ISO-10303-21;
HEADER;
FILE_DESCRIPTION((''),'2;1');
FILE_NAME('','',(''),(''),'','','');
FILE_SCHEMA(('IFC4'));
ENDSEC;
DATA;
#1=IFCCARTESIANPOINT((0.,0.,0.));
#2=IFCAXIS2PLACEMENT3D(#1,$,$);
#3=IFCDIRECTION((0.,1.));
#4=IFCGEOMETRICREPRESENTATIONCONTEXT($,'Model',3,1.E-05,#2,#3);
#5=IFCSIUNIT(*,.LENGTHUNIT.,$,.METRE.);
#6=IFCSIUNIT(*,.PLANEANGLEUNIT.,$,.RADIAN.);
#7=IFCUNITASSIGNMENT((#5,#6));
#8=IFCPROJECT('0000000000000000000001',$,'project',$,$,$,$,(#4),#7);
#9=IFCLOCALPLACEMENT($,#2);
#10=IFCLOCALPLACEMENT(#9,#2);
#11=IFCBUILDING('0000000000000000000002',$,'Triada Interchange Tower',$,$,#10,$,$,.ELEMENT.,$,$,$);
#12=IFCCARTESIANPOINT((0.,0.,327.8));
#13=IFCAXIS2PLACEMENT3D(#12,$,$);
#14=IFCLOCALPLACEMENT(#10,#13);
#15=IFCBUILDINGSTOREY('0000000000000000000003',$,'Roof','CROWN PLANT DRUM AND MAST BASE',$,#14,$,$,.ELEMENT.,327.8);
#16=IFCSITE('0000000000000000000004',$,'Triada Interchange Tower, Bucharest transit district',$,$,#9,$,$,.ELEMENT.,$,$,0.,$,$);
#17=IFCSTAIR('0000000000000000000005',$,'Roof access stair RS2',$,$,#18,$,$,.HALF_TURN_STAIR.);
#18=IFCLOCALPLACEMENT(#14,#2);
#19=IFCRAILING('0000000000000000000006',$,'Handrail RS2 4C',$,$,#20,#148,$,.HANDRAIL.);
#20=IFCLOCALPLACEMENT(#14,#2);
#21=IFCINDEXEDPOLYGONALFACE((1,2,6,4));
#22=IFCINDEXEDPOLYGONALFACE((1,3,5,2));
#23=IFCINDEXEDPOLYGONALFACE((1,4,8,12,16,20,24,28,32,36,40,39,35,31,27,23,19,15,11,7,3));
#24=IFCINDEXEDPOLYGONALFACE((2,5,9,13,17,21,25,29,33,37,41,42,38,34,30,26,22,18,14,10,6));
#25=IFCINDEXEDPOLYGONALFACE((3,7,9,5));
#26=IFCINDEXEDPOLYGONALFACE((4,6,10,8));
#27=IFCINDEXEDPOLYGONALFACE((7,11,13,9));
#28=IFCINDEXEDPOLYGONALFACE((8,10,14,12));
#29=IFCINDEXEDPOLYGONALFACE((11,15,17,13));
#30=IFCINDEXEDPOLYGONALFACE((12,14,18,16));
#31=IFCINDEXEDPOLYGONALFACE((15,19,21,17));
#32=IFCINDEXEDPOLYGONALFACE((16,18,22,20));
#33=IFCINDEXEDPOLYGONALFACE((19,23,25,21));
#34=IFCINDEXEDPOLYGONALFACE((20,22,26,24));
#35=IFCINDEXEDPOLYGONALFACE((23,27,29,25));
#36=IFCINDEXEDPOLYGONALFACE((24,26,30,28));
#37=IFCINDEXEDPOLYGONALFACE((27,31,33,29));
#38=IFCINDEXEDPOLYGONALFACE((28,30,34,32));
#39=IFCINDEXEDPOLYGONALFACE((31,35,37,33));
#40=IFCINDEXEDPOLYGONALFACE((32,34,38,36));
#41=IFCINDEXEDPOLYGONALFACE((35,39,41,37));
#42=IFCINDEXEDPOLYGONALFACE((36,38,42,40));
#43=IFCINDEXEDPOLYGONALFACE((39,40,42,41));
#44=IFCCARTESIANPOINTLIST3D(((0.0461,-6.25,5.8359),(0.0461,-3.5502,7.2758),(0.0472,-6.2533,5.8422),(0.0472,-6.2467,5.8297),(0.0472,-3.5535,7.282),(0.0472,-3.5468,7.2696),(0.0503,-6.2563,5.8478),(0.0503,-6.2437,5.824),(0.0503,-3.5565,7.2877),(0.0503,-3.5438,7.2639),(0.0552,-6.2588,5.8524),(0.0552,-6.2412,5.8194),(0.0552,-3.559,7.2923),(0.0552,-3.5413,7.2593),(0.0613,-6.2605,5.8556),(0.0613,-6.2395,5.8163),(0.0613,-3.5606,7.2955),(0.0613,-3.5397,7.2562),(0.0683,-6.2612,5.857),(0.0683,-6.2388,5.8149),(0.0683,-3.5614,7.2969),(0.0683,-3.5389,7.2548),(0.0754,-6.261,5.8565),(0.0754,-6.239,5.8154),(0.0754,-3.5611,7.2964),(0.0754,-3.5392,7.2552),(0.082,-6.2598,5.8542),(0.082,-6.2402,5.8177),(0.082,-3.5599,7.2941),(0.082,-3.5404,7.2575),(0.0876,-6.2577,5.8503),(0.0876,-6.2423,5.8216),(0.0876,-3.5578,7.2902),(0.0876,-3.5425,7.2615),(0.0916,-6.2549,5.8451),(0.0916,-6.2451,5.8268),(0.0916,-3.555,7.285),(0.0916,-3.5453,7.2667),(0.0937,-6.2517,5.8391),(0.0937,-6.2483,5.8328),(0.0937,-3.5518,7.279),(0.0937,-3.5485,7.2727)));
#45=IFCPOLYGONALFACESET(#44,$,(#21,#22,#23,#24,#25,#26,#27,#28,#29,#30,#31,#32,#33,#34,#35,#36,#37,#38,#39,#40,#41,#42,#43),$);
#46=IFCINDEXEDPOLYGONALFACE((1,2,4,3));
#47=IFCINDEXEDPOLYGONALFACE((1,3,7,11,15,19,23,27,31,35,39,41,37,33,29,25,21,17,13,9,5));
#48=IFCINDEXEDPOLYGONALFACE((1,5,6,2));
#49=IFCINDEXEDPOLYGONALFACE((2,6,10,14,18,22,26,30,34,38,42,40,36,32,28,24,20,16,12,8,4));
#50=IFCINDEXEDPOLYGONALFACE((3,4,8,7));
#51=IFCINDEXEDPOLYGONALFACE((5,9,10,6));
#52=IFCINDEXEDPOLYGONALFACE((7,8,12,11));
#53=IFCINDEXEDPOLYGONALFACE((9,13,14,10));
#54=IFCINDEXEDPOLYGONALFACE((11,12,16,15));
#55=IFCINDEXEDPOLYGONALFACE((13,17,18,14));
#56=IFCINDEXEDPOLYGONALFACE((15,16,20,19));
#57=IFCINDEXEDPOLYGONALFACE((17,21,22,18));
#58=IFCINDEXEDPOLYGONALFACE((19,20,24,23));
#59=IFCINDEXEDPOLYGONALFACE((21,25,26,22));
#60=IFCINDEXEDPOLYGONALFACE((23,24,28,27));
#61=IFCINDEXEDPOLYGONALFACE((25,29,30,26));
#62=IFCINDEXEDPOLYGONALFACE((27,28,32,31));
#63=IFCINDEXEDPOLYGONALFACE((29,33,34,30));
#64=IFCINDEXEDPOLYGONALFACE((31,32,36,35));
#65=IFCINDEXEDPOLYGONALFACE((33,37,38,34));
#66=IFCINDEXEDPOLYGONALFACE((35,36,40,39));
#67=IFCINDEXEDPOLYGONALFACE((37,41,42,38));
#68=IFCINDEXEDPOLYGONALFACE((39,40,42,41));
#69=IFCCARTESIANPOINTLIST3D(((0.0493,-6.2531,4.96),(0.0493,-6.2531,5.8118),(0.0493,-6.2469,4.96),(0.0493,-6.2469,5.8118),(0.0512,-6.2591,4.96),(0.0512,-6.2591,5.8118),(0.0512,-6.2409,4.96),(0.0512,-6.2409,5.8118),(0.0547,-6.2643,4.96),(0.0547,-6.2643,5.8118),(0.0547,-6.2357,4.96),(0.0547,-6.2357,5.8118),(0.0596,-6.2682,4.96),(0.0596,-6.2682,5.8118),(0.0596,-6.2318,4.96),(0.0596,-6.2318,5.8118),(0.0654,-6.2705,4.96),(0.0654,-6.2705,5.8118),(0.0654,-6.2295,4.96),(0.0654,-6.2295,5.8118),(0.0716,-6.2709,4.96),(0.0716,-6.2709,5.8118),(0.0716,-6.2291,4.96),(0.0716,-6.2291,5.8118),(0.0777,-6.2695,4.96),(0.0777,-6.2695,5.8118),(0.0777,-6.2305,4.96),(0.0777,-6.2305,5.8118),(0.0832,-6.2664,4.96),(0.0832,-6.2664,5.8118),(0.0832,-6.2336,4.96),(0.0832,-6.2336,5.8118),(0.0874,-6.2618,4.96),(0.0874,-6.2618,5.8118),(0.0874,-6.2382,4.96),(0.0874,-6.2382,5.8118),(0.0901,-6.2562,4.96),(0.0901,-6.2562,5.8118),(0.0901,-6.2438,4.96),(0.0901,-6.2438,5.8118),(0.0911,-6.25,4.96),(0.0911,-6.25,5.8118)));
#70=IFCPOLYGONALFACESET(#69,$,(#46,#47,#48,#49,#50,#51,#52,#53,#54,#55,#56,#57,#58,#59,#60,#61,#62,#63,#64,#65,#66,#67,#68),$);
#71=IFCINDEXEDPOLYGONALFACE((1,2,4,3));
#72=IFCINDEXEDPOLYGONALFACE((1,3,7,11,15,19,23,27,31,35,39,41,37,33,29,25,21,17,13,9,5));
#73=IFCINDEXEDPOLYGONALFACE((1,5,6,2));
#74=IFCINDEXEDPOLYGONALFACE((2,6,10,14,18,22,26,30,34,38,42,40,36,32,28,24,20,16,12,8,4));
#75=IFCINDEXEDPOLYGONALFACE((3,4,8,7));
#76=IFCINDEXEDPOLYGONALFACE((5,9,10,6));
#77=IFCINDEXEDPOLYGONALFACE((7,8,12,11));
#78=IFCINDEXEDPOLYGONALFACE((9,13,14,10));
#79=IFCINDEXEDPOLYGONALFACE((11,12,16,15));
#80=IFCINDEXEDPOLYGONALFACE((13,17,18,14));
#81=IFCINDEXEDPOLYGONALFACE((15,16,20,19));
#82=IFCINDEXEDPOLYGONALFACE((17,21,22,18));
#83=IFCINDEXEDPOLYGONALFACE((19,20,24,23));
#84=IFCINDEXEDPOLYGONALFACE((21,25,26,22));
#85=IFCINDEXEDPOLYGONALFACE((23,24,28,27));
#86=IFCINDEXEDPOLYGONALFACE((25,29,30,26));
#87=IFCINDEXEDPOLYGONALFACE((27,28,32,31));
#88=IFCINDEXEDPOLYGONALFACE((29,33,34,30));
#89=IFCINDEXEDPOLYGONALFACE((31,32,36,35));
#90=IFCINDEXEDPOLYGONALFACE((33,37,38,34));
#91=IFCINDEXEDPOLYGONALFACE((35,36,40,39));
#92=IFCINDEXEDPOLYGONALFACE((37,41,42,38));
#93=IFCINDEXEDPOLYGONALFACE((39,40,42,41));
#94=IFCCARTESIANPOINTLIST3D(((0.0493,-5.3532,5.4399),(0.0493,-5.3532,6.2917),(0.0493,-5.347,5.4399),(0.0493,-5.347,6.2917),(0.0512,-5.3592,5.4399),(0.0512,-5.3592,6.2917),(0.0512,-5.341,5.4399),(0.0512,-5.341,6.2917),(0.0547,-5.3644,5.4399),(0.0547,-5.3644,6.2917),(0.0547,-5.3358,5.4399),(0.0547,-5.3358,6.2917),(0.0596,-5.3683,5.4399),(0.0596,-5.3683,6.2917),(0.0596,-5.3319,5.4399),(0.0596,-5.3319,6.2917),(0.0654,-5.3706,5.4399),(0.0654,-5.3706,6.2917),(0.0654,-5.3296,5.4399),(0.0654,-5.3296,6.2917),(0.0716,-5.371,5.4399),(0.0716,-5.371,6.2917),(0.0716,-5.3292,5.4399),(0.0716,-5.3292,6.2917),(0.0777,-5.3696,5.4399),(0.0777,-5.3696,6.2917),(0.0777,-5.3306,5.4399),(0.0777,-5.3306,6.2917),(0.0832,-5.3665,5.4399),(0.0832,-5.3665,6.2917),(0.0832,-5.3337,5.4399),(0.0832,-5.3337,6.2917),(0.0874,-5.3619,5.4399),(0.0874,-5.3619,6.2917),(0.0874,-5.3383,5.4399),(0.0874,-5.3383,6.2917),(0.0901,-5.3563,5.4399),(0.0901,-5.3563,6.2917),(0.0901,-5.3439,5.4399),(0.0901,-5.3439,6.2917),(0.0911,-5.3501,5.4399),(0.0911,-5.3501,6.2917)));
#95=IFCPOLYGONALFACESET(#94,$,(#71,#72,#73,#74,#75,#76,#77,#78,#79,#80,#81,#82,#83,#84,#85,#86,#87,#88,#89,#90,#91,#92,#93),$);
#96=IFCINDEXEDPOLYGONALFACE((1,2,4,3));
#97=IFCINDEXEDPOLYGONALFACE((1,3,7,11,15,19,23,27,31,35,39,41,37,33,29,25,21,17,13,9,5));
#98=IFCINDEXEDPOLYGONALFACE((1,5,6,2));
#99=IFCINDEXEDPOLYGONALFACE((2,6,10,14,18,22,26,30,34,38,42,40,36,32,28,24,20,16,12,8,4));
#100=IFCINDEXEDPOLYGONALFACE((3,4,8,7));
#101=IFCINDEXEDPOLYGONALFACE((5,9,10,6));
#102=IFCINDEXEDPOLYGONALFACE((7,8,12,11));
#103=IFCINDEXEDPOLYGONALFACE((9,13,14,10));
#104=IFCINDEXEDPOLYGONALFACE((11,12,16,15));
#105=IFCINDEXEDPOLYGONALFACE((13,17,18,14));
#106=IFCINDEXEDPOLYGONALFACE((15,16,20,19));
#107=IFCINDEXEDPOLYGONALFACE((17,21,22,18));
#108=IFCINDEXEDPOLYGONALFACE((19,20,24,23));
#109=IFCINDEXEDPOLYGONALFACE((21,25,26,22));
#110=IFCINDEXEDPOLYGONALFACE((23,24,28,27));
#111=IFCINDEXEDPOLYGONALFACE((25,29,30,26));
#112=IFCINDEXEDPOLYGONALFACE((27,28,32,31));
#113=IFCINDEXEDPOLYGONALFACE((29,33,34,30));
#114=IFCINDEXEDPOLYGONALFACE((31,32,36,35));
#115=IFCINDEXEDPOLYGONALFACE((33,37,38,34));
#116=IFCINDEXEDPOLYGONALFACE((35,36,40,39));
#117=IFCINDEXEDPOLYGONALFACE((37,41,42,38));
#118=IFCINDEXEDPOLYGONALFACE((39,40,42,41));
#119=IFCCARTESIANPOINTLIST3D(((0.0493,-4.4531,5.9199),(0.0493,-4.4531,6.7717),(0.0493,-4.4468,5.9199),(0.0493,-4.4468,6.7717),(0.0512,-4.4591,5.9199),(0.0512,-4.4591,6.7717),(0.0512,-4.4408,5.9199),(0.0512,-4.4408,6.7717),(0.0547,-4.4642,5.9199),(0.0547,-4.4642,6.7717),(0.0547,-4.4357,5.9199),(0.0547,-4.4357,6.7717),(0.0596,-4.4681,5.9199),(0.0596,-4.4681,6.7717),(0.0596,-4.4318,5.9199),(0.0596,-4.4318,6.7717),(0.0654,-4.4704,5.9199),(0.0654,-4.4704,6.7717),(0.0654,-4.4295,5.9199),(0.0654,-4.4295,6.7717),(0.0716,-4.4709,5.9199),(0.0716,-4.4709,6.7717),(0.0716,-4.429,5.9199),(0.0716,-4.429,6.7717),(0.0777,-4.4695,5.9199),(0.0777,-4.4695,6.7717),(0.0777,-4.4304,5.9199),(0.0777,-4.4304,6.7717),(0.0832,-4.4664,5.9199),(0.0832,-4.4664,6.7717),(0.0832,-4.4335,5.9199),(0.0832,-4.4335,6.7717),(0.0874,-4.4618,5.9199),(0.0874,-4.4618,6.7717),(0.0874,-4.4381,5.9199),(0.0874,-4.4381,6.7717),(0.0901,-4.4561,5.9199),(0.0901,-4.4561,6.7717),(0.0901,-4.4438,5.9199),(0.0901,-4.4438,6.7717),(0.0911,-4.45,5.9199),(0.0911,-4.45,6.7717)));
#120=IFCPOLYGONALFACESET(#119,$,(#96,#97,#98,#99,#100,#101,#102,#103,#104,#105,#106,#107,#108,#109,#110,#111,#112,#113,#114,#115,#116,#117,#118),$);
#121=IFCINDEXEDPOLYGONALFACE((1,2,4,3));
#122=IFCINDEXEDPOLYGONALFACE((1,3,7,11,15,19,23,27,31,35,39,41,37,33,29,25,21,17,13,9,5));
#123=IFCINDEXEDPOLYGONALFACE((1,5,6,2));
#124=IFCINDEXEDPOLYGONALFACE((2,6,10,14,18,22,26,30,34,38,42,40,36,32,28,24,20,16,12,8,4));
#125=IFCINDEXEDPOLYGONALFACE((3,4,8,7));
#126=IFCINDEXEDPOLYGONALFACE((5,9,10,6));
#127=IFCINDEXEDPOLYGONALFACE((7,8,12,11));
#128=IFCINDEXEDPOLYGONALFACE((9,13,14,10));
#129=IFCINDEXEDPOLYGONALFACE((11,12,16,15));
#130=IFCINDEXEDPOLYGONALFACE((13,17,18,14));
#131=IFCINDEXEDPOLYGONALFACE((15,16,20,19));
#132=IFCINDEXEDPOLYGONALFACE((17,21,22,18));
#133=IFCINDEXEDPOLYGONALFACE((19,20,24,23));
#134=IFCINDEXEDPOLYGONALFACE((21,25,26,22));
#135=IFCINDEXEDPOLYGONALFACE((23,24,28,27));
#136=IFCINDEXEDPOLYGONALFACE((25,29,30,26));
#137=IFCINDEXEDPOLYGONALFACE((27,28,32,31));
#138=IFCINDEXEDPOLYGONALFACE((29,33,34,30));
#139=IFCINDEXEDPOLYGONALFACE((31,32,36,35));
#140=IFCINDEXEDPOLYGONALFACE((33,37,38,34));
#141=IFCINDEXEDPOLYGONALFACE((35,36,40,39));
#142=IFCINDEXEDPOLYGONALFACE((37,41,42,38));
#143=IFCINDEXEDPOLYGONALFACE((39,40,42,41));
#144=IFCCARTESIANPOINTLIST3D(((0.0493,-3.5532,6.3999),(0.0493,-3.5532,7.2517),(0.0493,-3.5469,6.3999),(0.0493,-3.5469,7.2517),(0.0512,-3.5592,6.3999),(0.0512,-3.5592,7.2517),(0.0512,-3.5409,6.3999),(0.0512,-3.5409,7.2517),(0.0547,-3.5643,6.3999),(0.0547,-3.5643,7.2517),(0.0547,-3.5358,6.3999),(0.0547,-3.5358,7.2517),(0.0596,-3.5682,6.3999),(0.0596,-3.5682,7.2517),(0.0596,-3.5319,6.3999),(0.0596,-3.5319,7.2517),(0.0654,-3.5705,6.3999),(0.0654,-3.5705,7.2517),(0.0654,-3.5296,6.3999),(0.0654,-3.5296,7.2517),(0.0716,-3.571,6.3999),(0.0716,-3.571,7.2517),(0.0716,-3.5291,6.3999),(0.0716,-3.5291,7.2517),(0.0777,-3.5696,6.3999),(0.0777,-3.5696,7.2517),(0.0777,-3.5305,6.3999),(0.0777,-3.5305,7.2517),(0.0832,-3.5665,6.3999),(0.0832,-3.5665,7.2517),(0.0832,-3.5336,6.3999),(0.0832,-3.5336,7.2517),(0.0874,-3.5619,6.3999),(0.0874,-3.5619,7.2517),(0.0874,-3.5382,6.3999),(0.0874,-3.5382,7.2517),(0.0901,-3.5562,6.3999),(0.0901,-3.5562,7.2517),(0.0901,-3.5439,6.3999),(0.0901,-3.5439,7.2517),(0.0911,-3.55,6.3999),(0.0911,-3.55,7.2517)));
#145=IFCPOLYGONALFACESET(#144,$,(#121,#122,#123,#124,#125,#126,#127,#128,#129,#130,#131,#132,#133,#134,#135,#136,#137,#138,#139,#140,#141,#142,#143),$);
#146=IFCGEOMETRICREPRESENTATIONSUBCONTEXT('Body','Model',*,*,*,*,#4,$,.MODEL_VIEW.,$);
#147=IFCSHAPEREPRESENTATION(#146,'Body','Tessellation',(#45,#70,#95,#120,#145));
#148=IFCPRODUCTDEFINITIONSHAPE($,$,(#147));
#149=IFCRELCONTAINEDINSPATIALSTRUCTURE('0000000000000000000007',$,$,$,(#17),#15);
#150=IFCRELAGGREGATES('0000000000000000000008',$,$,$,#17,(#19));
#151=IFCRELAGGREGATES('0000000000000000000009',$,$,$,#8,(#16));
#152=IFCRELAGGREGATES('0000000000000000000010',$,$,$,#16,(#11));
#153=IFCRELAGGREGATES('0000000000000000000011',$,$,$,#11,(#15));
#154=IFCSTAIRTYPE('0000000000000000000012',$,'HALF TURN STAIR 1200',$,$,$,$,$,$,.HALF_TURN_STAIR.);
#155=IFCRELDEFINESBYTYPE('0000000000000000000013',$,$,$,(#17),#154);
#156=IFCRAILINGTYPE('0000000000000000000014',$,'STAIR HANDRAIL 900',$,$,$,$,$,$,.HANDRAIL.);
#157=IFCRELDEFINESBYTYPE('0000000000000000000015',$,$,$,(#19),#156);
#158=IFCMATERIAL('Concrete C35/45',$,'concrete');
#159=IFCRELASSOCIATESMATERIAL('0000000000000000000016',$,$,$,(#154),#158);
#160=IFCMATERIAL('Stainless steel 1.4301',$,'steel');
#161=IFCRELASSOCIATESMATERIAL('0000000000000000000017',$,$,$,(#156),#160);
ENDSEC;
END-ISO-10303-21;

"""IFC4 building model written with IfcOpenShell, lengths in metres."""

from ifc_helpers import new_model, si_unit, direction, frame, origin, origin_2d, place, context, subcontext, project, spatial, circle, extrude, material, type_object, element, aggregate, save


model = new_model("IFC4")

# Units and contexts
model_context = context("Model", 3, precision=1e-05, world=origin(), true_north=direction((0.0, 1.0)))
body_context = subcontext(model_context, "Body", "Model", "MODEL_VIEW")
ifc_project = project(units=[si_unit("LENGTHUNIT", "METRE"), si_unit("PLANEANGLEUNIT", "RADIAN")], contexts=[model_context])

# Site, building, storey
site_placement = place(None, origin())
site = spatial("IfcSite", under=ifc_project, at=site_placement, Name="Triada Interchange Tower, Bucharest transit district", CompositionType="ELEMENT", RefElevation=0.0)
building_placement = place(site_placement, origin())
building = spatial("IfcBuilding", under=site, at=building_placement, Name="Triada Interchange Tower", CompositionType="ELEMENT")
storey_placement = place(building_placement, frame((0.0, 0.0, 327.8)))
storey = spatial("IfcBuildingStorey", under=building, at=storey_placement, Name="Roof", Description="CROWN PLANT DRUM AND MAST BASE", CompositionType="ELEMENT", Elevation=327.8)

# Stair
ifc_material_1 = material(Name="Concrete C35/45", Category="concrete")
stair_type = type_object("IfcStairType", Name="HALF TURN STAIR 1200", PredefinedType="HALF_TURN_STAIR", material=ifc_material_1)
stair_1_placement = place(storey_placement, origin())
stair_1 = element("IfcStair", 1, at=stair_1_placement, inside=storey, type_object=stair_type, Name="Roof access stair RS2", PredefinedType="HALF_TURN_STAIR")

# Railing
ifc_material_2 = material(Name="Stainless steel 1.4301", Category="steel")
railing_type = type_object("IfcRailingType", Name="STAIR HANDRAIL 900", PredefinedType="HANDRAIL", material=ifc_material_2)
railing_1_placement = place(storey_placement, frame((0.0701, -6.25, 4.96)))
railing_1 = element("IfcRailing", 2, at=railing_1_placement, type_object=railing_type, Name="Handrail RS2 4C", PredefinedType="HANDRAIL", context=body_context, shape_type="SweptSolid", body=[
    extrude(circle(Radius=0.0239, at=origin_2d()), frame((0.0, 0.0, 0.876), z_axis=(0.0, 0.882357, 0.47058), x_axis=(-1.0, 0.0, 0.0)), (0.0, 0.0, 1.0), 3.0598),
    extrude(circle(Radius=0.021, at=origin_2d()), origin(), (0.0, 0.0, 1.0), 0.8518),
    extrude(circle(Radius=0.021, at=origin_2d()), frame((0.0, 0.8999, 0.48)), (0.0, 0.0, 1.0), 0.8518),
    extrude(circle(Radius=0.021, at=origin_2d()), frame((0.0, 1.8, 0.96)), (0.0, 0.0, 1.0), 0.8518),
    extrude(circle(Radius=0.021, at=origin_2d()), frame((0.0, 2.7, 1.4399)), (0.0, 0.0, 1.0), 0.8518),
])
aggregate(stair_1, [railing_1])

save(model, "model.ifc")
